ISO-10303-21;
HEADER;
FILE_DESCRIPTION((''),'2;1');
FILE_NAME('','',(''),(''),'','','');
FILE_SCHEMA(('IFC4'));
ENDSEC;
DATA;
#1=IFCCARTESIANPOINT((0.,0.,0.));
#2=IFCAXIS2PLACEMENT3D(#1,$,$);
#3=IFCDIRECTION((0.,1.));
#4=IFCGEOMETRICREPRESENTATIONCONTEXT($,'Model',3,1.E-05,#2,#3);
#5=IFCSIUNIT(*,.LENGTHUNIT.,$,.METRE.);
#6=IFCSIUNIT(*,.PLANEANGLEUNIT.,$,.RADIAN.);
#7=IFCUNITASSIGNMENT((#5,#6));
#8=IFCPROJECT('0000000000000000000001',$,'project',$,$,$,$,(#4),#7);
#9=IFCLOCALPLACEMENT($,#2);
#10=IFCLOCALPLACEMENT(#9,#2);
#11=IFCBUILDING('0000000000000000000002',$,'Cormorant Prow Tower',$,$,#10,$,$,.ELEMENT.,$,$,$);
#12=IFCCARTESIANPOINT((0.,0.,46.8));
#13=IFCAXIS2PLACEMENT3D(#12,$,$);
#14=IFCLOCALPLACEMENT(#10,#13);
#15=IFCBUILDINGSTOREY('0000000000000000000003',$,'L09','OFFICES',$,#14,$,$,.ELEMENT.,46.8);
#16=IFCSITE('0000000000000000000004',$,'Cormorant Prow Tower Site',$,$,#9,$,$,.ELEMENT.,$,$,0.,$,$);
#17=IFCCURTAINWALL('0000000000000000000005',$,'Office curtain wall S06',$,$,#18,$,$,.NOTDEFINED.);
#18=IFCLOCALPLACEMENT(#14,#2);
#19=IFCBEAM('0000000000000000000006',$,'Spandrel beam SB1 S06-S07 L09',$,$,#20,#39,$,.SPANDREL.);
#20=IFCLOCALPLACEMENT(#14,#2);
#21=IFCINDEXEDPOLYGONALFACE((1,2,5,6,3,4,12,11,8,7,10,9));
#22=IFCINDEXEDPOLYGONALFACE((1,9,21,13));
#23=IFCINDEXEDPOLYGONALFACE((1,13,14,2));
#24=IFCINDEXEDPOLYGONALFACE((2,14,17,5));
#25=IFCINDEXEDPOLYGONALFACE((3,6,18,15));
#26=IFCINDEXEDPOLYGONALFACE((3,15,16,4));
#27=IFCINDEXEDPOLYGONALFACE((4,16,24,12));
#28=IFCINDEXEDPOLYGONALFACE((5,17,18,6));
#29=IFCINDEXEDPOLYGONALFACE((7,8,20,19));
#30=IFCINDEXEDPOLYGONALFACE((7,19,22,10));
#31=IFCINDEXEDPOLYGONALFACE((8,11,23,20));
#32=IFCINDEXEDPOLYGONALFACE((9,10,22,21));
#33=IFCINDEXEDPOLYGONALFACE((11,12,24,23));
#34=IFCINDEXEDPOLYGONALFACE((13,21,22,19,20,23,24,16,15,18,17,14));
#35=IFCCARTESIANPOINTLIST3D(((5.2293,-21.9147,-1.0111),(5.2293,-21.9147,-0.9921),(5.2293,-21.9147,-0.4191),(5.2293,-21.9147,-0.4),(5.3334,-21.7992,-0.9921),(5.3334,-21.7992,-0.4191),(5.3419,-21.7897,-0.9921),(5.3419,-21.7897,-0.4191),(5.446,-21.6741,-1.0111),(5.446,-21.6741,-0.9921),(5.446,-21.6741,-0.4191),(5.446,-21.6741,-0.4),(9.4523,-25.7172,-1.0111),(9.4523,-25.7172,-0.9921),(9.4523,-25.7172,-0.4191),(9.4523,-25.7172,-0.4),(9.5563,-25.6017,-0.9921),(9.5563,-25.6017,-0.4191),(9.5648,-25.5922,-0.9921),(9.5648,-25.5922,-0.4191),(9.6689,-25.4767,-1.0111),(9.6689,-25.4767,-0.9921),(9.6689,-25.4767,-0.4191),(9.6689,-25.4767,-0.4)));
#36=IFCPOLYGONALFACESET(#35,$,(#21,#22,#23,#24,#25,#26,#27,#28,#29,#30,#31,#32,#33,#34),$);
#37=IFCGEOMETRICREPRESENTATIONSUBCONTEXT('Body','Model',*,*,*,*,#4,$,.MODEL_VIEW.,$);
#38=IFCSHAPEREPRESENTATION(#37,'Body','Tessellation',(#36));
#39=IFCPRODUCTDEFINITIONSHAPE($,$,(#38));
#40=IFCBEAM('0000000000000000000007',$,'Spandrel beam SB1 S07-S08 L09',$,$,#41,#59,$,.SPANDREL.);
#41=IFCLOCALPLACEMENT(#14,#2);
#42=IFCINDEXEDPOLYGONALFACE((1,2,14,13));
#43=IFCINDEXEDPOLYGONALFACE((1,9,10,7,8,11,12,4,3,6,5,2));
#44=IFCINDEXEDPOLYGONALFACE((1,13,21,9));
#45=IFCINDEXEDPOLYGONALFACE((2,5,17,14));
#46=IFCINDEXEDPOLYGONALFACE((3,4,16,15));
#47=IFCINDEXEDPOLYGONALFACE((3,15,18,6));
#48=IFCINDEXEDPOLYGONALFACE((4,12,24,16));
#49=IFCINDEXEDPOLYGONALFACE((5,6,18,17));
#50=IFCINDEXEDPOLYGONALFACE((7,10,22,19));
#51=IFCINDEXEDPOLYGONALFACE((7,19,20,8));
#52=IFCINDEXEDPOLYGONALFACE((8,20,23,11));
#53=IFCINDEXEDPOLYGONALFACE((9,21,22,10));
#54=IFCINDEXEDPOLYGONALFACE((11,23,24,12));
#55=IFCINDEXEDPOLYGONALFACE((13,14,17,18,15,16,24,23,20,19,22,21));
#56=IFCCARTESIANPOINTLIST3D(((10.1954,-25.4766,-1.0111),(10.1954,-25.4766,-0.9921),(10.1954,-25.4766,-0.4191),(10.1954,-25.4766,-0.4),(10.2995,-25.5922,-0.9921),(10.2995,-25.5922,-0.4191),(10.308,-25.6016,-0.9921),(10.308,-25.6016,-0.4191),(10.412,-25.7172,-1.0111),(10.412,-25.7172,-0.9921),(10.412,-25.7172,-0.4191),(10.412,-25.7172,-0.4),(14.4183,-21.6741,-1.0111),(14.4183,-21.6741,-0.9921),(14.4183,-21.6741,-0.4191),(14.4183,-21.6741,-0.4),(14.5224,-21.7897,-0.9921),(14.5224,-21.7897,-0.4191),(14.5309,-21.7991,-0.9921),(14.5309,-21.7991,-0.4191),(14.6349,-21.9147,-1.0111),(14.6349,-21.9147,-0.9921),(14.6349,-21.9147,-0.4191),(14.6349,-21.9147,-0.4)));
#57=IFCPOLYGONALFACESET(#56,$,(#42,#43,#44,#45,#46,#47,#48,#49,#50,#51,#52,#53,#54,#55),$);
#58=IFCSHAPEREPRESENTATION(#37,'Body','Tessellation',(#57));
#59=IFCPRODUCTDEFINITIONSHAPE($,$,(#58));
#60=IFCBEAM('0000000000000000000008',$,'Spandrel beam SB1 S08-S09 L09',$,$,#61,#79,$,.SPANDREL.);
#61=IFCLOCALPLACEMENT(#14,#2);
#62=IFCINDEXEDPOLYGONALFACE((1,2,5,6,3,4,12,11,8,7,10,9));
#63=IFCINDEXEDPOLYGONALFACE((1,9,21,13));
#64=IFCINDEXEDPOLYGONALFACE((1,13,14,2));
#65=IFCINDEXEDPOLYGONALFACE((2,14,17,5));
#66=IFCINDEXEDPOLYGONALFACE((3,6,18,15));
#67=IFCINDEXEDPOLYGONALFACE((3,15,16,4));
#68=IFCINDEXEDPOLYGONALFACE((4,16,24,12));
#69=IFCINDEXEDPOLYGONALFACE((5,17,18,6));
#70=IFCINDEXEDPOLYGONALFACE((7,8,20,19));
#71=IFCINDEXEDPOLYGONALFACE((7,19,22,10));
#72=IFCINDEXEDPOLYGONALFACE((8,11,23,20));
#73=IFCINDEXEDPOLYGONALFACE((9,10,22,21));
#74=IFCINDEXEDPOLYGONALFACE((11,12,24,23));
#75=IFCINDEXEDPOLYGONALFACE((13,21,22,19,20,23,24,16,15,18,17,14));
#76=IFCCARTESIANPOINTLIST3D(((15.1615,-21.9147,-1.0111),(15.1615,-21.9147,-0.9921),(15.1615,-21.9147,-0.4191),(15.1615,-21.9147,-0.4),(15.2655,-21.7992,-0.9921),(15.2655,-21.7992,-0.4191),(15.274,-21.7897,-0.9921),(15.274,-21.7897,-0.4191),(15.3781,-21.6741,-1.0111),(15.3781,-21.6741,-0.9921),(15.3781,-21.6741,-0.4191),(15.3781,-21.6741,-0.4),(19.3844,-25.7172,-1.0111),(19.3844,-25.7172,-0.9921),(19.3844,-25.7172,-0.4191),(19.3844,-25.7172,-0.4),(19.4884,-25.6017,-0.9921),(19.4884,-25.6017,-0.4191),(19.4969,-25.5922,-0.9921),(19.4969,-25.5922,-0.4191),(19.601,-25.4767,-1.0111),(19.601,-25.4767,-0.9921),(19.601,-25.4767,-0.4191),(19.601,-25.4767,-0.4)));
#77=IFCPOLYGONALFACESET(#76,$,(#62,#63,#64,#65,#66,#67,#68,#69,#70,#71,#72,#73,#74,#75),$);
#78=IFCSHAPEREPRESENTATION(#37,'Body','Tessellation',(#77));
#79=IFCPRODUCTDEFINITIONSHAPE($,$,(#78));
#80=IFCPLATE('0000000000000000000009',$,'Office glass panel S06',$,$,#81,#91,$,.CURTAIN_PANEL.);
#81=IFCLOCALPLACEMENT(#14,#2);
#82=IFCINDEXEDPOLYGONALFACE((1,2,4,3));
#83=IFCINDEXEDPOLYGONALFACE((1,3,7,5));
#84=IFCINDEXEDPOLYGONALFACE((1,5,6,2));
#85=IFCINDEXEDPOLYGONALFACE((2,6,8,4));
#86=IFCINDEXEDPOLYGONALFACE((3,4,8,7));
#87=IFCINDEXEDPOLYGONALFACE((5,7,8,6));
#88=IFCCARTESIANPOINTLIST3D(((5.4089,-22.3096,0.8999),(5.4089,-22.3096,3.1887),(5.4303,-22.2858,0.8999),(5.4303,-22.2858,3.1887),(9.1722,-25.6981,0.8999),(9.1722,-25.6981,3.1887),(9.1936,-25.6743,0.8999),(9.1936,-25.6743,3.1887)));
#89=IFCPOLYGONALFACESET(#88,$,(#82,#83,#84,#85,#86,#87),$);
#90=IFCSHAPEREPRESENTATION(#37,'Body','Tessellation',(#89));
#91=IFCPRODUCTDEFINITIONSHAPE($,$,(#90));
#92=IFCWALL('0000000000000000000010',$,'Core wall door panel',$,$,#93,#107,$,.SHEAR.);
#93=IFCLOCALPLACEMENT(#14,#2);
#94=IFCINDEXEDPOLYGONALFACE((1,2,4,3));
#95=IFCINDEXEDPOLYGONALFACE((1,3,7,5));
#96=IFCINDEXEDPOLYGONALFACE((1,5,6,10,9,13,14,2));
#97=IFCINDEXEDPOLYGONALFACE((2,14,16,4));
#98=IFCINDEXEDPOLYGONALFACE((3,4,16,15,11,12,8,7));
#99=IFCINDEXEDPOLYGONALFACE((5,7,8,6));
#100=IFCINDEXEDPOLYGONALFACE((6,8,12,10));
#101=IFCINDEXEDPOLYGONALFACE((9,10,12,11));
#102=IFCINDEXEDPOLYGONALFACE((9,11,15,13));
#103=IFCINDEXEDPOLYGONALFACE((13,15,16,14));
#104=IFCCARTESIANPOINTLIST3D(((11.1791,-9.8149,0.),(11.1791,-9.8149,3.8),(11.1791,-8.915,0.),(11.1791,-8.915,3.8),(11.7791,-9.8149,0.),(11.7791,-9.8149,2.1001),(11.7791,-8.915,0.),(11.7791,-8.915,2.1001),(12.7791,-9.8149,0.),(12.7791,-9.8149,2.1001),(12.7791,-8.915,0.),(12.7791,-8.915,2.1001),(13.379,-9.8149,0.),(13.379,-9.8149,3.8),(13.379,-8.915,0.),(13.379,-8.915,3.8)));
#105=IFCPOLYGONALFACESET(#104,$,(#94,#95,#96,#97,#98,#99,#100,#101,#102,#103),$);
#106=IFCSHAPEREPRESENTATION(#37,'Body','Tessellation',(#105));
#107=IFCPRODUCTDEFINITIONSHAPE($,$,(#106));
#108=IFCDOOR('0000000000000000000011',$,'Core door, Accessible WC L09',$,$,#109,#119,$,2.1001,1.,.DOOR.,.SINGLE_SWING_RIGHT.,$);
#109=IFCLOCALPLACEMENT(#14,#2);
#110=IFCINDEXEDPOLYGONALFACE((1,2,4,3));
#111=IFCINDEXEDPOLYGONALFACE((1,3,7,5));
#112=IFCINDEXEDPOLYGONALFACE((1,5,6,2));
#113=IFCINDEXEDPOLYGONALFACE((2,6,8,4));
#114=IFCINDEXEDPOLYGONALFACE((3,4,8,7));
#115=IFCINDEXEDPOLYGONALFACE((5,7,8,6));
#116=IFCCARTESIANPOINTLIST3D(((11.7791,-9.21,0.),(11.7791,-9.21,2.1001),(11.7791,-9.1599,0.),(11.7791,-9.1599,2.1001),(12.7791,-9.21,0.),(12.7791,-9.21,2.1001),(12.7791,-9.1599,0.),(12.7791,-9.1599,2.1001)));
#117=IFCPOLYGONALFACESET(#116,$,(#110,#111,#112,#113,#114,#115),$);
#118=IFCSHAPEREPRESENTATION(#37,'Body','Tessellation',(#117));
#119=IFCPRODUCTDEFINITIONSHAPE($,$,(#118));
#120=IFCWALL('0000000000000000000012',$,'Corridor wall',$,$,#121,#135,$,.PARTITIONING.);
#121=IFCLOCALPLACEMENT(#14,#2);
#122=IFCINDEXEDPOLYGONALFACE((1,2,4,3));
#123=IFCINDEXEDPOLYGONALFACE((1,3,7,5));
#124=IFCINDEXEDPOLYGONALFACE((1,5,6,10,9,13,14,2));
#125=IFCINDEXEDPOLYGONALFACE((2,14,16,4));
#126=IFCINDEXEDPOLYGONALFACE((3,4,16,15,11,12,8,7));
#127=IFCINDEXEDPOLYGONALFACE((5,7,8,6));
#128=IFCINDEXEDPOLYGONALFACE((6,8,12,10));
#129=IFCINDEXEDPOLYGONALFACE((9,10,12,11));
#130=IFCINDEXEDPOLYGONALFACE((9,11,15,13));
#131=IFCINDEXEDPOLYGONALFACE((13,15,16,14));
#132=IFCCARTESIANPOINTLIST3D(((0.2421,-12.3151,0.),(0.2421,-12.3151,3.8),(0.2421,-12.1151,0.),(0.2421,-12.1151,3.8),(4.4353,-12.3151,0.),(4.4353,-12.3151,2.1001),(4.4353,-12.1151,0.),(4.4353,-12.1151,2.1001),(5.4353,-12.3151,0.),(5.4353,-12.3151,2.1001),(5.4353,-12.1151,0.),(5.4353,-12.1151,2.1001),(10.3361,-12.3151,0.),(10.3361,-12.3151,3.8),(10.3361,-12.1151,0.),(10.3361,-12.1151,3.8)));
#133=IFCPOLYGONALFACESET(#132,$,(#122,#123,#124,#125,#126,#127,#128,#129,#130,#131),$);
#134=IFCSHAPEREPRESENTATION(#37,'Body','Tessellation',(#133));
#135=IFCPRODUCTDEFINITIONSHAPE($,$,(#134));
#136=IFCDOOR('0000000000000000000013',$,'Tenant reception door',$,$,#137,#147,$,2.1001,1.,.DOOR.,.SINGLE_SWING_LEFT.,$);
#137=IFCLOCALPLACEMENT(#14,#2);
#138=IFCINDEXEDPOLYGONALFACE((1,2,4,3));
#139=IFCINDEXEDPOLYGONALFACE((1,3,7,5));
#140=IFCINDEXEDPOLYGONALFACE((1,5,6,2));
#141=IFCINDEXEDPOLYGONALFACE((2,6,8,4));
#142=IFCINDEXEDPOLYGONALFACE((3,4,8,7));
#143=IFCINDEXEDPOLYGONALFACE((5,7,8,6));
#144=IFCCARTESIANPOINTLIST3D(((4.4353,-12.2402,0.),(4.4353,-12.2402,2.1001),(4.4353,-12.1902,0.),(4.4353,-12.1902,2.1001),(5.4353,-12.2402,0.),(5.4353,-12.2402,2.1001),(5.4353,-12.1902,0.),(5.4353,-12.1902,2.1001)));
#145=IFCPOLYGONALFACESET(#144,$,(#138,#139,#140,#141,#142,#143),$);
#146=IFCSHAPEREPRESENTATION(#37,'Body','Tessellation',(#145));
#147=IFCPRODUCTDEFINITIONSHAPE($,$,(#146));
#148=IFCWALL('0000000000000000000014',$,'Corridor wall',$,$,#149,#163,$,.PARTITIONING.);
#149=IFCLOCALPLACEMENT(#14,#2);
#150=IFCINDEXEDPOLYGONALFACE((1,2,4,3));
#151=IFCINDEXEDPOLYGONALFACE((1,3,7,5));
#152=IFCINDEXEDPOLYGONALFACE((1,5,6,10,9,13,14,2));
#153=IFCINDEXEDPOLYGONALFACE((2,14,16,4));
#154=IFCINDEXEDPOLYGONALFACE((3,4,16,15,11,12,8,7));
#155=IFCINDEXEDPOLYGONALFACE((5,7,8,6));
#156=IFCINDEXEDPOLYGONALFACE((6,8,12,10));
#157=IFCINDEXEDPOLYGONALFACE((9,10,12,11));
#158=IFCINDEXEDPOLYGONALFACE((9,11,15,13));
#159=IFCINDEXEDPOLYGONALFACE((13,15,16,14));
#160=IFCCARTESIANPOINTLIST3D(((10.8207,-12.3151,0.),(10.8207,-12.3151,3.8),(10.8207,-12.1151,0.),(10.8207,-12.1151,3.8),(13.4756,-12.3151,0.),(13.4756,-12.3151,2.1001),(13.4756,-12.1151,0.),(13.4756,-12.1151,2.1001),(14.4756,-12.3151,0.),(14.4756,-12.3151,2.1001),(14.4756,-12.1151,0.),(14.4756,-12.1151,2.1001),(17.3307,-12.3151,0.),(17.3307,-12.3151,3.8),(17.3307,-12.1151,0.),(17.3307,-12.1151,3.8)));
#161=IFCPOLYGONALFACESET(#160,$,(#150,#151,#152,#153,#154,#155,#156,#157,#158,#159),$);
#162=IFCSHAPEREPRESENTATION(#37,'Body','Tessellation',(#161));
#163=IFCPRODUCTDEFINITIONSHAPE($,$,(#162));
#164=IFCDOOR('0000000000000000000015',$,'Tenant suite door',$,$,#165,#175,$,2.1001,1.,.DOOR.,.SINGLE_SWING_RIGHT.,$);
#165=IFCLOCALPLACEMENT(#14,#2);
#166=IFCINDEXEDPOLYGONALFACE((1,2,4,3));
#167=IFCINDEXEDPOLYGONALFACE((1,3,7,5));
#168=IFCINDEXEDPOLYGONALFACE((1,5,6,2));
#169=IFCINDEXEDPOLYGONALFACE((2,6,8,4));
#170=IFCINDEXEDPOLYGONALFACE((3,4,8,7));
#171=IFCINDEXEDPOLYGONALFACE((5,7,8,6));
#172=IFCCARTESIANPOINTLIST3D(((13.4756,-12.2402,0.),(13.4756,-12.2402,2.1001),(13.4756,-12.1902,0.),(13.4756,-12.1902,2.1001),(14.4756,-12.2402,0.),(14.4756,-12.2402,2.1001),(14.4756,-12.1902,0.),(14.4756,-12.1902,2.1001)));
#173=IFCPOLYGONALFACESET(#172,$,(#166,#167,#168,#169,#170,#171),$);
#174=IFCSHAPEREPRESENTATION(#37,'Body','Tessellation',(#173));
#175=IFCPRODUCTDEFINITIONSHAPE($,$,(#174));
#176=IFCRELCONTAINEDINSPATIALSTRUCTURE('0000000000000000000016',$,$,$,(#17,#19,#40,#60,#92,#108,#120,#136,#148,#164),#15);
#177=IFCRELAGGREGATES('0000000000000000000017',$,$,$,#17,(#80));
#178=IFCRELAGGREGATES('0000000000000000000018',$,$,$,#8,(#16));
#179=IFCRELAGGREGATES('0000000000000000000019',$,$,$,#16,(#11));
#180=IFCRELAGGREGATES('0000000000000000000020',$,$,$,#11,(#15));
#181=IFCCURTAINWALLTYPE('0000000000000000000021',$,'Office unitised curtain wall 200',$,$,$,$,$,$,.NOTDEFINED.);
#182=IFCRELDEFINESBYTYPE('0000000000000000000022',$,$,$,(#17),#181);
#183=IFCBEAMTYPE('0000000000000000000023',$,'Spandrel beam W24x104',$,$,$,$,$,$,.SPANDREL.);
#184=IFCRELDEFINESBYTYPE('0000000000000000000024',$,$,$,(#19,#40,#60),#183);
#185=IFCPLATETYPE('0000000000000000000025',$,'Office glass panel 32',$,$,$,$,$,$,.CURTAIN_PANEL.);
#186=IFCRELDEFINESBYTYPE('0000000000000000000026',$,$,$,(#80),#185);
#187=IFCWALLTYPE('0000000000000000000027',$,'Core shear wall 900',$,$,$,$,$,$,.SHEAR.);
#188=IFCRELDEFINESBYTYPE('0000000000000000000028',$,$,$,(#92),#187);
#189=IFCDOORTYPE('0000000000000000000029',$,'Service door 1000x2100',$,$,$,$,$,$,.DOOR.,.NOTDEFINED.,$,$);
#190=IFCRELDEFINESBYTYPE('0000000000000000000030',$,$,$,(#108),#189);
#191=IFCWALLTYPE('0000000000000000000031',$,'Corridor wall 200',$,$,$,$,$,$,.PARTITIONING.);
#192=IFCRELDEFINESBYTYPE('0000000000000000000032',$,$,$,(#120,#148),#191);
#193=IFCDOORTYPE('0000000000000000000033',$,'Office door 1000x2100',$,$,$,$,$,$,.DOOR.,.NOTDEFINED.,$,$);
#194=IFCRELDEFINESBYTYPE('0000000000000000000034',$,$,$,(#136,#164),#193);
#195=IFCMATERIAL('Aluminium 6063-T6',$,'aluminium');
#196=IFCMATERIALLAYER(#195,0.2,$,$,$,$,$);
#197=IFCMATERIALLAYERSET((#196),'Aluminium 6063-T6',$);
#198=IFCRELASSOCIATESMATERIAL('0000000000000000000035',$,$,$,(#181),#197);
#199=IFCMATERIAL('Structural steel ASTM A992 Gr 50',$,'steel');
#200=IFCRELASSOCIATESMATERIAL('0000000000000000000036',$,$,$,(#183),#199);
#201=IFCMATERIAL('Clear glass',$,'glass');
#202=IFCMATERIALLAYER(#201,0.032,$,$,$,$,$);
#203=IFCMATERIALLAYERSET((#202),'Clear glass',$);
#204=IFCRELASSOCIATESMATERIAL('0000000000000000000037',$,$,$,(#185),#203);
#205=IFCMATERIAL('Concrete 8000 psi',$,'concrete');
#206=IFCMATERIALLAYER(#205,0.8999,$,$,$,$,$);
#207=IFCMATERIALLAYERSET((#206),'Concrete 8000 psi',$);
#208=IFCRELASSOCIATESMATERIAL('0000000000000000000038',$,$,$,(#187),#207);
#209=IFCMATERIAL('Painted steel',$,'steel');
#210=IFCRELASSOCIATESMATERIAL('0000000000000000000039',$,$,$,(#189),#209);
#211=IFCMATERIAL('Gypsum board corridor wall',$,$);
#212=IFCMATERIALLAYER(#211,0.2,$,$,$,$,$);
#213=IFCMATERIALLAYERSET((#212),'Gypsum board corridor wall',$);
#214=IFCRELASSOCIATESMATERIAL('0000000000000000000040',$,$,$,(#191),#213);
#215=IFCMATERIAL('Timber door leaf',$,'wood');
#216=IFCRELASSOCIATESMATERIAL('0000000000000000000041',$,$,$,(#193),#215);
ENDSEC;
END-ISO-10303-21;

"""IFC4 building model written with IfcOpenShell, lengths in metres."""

from ifc_helpers import new_model, si_unit, direction, frame, frame_2d, origin, origin_2d, place, context, subcontext, project, spatial, rectangle, i_section, extrude, material, layer, layer_set, material_profile, profile_set, type_object, element, fill, aggregate, save


model = new_model("IFC4")

# Units and contexts
model_context = context("Model", 3, precision=1e-05, world=origin(), true_north=direction((0.0, 1.0)))
body_context = subcontext(model_context, "Body", "Model", "MODEL_VIEW")
ifc_project = project(units=[si_unit("LENGTHUNIT", "METRE"), si_unit("PLANEANGLEUNIT", "RADIAN")], contexts=[model_context])

# Site, building, storey
site_placement = place(None, origin())
site = spatial("IfcSite", under=ifc_project, at=site_placement, Name="Cormorant Prow Tower Site", CompositionType="ELEMENT", RefElevation=0.0)
building_placement = place(site_placement, origin())
building = spatial("IfcBuilding", under=site, at=building_placement, Name="Cormorant Prow Tower", CompositionType="ELEMENT")
storey_placement = place(building_placement, frame((0.0, 0.0, 46.8)))
storey = spatial("IfcBuildingStorey", under=building, at=storey_placement, Name="L09", Description="OFFICES", CompositionType="ELEMENT", Elevation=46.8)

# Curtain wall
ifc_material_1 = material(Name="Aluminium 6063-T6", Category="aluminium")
ifc_layer_1 = layer(ifc_material_1, 0.2)
ifc_layer_set_1 = layer_set([ifc_layer_1], Name="Aluminium 6063-T6")
curtain_wall_type = type_object("IfcCurtainWallType", Name="Office unitised curtain wall 200", PredefinedType="NOTDEFINED", material=ifc_layer_set_1)
curtain_wall_1_placement = place(storey_placement, origin())
curtain_wall_1 = element("IfcCurtainWall", 1, at=curtain_wall_1_placement, inside=storey, type_object=curtain_wall_type, Name="Office curtain wall S06", PredefinedType="NOTDEFINED")

# Beams
ifc_material_2 = material(Name="Structural steel ASTM A992 Gr 50", Category="steel")
ifc_material_profile_1 = material_profile(ifc_material_2, i_section(OverallWidth=0.3237, OverallDepth=0.6111, WebThickness=0.0127, FlangeThickness=0.019, at=origin_2d()), Name="W24x104")
ifc_profile_set_1 = profile_set([ifc_material_profile_1], Name="Structural steel ASTM A992 Gr 50")
beam_type_1 = type_object("IfcBeamType", Name="Spandrel beam W24x104", PredefinedType="SPANDREL", material=ifc_profile_set_1)
for number, where, z_axis, x_axis, name in (
    (2, (5.3376, -21.7944, -0.7056), (0.74313, -0.669147, 0.0), (0.669147, 0.74313, 0.0), "Spandrel beam SB1 S06-S07 L09"),
    (3, (10.3037, -25.5969, -0.7056), (0.74313, 0.669147, 0.0), (-0.669147, 0.74313, 0.0), "Spandrel beam SB1 S07-S08 L09"),
    (4, (15.2698, -21.7944, -0.7056), (0.74313, -0.669147, 0.0), (0.669147, 0.74313, 0.0), "Spandrel beam SB1 S08-S09 L09"),
):
    element("IfcBeam", number, at=place(storey_placement, frame(where, z_axis=z_axis, x_axis=x_axis)), inside=storey, type_object=beam_type_1, Name=name, PredefinedType="SPANDREL", context=body_context, shape_type="SweptSolid", body=[
        extrude(i_section(OverallWidth=0.3237, OverallDepth=0.6111, WebThickness=0.0127, FlangeThickness=0.019, at=origin_2d()), origin(), (0.0, 0.0, 1.0), 5.6826),
    ])

# Plate
ifc_material_3 = material(Name="Clear glass", Category="glass")
ifc_layer_2 = layer(ifc_material_3, 0.032)
ifc_layer_set_2 = layer_set([ifc_layer_2], Name="Clear glass")
plate_type = type_object("IfcPlateType", Name="Office glass panel 32", PredefinedType="CURTAIN_PANEL", material=ifc_layer_set_2)
plate_placement = place(storey_placement, frame((7.3013, -23.9919, 0.8999), z_axis=(0.0, 0.0, 1.0), x_axis=(0.743145, -0.669131, 0.0)))
plate = element("IfcPlate", 5, at=plate_placement, type_object=plate_type, Name="Office glass panel S06", PredefinedType="CURTAIN_PANEL", context=body_context, shape_type="SweptSolid", body=[
    extrude(rectangle(XDim=5.064, YDim=0.032, at=origin_2d()), origin(), (0.0, 0.0, 1.0), 2.2888),
])
aggregate(curtain_wall_1, [plate])

# Walls, openings, doors
ifc_material_4 = material(Name="Concrete 8000 psi", Category="concrete")
ifc_layer_3 = layer(ifc_material_4, 0.8999)
ifc_layer_set_3 = layer_set([ifc_layer_3], Name="Concrete 8000 psi")
wall_type_1 = type_object("IfcWallType", Name="Core shear wall 900", PredefinedType="SHEAR", material=ifc_layer_set_3)
wall_1_placement = place(storey_placement, frame((11.179, -9.365, 0.0), z_axis=(0.0, 0.0, 1.0), x_axis=(1.0, 0.0, 0.0)))
wall_1 = element("IfcWall", 6, at=wall_1_placement, inside=storey, type_object=wall_type_1, Name="Core wall door panel", PredefinedType="SHEAR", context=body_context, shape_type="SweptSolid", body=[
    extrude(rectangle(XDim=2.2, YDim=0.8999, at=frame_2d((1.1001, 0.0))), origin(), (0.0, 0.0, 1.0), 3.8),
])
opening_1_placement = place(wall_1_placement, frame((0.6001, 0.0, 0.0)))
opening_1 = element("IfcOpeningElement", 7, at=opening_1_placement, cuts=wall_1, PredefinedType="OPENING", context=body_context, shape_type="SweptSolid", body=[
    extrude(rectangle(XDim=1.0, YDim=2.1001, at=frame_2d((0.5, 1.05))), frame((0.0, 0.46, 0.0), z_axis=(0.0, -1.0, 0.0), x_axis=(1.0, 0.0, 0.0)), (0.0, 0.0, 1.0), 0.9199),
])
ifc_material_5 = material(Name="Painted steel", Category="steel")
door_type_1 = type_object("IfcDoorType", Name="Service door 1000x2100", OperationType="NOTDEFINED", PredefinedType="DOOR", material=ifc_material_5)
door_1_placement = place(opening_1_placement, origin())
door_1 = element("IfcDoor", 8, at=door_1_placement, inside=storey, type_object=door_type_1, Name="Core door, Accessible WC L09", OperationType="SINGLE_SWING_RIGHT", OverallHeight=2.1001, OverallWidth=1.0, PredefinedType="DOOR", context=body_context, shape_type="SweptSolid", body=[
    extrude(rectangle(XDim=1.0, YDim=2.1001, at=frame_2d((0.5, 1.05))), frame((0.0, 0.2051, 0.0), z_axis=(0.0, -1.0, 0.0), x_axis=(1.0, 0.0, 0.0)), (0.0, 0.0, 1.0), 0.05),
])
fill(opening_1, door_1)
ifc_material_6 = material(Name="Gypsum board corridor wall")
ifc_layer_4 = layer(ifc_material_6, 0.2)
ifc_layer_set_4 = layer_set([ifc_layer_4], Name="Gypsum board corridor wall")
wall_type_2 = type_object("IfcWallType", Name="Corridor wall 200", PredefinedType="PARTITIONING", material=ifc_layer_set_4)
wall_2_placement = place(storey_placement, frame((0.2422, -12.2151, 0.0), z_axis=(0.0, 0.0, 1.0), x_axis=(1.0, 0.0, 0.0)))
wall_2 = element("IfcWall", 9, at=wall_2_placement, inside=storey, type_object=wall_type_2, Name="Corridor wall", PredefinedType="PARTITIONING", context=body_context, shape_type="SweptSolid", body=[
    extrude(rectangle(XDim=10.094, YDim=0.2, at=frame_2d((5.0469, 0.0))), origin(), (0.0, 0.0, 1.0), 3.8),
])
opening_2_placement = place(wall_2_placement, frame((4.1931, 0.0, 0.0)))
opening_2 = element("IfcOpeningElement", 10, at=opening_2_placement, cuts=wall_2, PredefinedType="OPENING", context=body_context, shape_type="SweptSolid", body=[
    extrude(rectangle(XDim=1.0, YDim=2.1001, at=frame_2d((0.5, 1.05))), frame((0.0, 0.1099, 0.0), z_axis=(0.0, -1.0, 0.0), x_axis=(1.0, 0.0, 0.0)), (0.0, 0.0, 1.0), 0.22),
])
ifc_material_7 = material(Name="Timber door leaf", Category="wood")
door_type_2 = type_object("IfcDoorType", Name="Office door 1000x2100", OperationType="NOTDEFINED", PredefinedType="DOOR", material=ifc_material_7)
door_2_placement = place(opening_2_placement, origin())
door_2 = element("IfcDoor", 11, at=door_2_placement, inside=storey, type_object=door_type_2, Name="Tenant reception door", OperationType="SINGLE_SWING_LEFT", OverallHeight=2.1001, OverallWidth=1.0, PredefinedType="DOOR", context=body_context, shape_type="SweptSolid", body=[
    extrude(rectangle(XDim=1.0, YDim=2.1001, at=frame_2d((0.5, 1.05))), frame((0.0, 0.0249, 0.0), z_axis=(0.0, -1.0, 0.0), x_axis=(1.0, 0.0, 0.0)), (0.0, 0.0, 1.0), 0.05),
])
fill(opening_2, door_2)
wall_3_placement = place(storey_placement, frame((10.8208, -12.2151, 0.0), z_axis=(0.0, 0.0, 1.0), x_axis=(1.0, 0.0, 0.0)))
wall_3 = element("IfcWall", 12, at=wall_3_placement, inside=storey, type_object=wall_type_2, Name="Corridor wall", PredefinedType="PARTITIONING", context=body_context, shape_type="SweptSolid", body=[
    extrude(rectangle(XDim=6.51, YDim=0.2, at=frame_2d((3.2549, 0.0))), origin(), (0.0, 0.0, 1.0), 3.8),
])
opening_3_placement = place(wall_3_placement, frame((2.6548, 0.0, 0.0)))
opening_3 = element("IfcOpeningElement", 13, at=opening_3_placement, cuts=wall_3, PredefinedType="OPENING", context=body_context, shape_type="SweptSolid", body=[
    extrude(rectangle(XDim=1.0, YDim=2.1001, at=frame_2d((0.5, 1.05))), frame((0.0, 0.1099, 0.0), z_axis=(0.0, -1.0, 0.0), x_axis=(1.0, 0.0, 0.0)), (0.0, 0.0, 1.0), 0.22),
])
door_3_placement = place(opening_3_placement, origin())
door_3 = element("IfcDoor", 14, at=door_3_placement, inside=storey, type_object=door_type_2, Name="Tenant suite door", OperationType="SINGLE_SWING_RIGHT", OverallHeight=2.1001, OverallWidth=1.0, PredefinedType="DOOR", context=body_context, shape_type="SweptSolid", body=[
    extrude(rectangle(XDim=1.0, YDim=2.1001, at=frame_2d((0.5, 1.05))), frame((0.0, 0.0249, 0.0), z_axis=(0.0, -1.0, 0.0), x_axis=(1.0, 0.0, 0.0)), (0.0, 0.0, 1.0), 0.05),
])
fill(opening_3, door_3)

save(model, "model.ifc")
